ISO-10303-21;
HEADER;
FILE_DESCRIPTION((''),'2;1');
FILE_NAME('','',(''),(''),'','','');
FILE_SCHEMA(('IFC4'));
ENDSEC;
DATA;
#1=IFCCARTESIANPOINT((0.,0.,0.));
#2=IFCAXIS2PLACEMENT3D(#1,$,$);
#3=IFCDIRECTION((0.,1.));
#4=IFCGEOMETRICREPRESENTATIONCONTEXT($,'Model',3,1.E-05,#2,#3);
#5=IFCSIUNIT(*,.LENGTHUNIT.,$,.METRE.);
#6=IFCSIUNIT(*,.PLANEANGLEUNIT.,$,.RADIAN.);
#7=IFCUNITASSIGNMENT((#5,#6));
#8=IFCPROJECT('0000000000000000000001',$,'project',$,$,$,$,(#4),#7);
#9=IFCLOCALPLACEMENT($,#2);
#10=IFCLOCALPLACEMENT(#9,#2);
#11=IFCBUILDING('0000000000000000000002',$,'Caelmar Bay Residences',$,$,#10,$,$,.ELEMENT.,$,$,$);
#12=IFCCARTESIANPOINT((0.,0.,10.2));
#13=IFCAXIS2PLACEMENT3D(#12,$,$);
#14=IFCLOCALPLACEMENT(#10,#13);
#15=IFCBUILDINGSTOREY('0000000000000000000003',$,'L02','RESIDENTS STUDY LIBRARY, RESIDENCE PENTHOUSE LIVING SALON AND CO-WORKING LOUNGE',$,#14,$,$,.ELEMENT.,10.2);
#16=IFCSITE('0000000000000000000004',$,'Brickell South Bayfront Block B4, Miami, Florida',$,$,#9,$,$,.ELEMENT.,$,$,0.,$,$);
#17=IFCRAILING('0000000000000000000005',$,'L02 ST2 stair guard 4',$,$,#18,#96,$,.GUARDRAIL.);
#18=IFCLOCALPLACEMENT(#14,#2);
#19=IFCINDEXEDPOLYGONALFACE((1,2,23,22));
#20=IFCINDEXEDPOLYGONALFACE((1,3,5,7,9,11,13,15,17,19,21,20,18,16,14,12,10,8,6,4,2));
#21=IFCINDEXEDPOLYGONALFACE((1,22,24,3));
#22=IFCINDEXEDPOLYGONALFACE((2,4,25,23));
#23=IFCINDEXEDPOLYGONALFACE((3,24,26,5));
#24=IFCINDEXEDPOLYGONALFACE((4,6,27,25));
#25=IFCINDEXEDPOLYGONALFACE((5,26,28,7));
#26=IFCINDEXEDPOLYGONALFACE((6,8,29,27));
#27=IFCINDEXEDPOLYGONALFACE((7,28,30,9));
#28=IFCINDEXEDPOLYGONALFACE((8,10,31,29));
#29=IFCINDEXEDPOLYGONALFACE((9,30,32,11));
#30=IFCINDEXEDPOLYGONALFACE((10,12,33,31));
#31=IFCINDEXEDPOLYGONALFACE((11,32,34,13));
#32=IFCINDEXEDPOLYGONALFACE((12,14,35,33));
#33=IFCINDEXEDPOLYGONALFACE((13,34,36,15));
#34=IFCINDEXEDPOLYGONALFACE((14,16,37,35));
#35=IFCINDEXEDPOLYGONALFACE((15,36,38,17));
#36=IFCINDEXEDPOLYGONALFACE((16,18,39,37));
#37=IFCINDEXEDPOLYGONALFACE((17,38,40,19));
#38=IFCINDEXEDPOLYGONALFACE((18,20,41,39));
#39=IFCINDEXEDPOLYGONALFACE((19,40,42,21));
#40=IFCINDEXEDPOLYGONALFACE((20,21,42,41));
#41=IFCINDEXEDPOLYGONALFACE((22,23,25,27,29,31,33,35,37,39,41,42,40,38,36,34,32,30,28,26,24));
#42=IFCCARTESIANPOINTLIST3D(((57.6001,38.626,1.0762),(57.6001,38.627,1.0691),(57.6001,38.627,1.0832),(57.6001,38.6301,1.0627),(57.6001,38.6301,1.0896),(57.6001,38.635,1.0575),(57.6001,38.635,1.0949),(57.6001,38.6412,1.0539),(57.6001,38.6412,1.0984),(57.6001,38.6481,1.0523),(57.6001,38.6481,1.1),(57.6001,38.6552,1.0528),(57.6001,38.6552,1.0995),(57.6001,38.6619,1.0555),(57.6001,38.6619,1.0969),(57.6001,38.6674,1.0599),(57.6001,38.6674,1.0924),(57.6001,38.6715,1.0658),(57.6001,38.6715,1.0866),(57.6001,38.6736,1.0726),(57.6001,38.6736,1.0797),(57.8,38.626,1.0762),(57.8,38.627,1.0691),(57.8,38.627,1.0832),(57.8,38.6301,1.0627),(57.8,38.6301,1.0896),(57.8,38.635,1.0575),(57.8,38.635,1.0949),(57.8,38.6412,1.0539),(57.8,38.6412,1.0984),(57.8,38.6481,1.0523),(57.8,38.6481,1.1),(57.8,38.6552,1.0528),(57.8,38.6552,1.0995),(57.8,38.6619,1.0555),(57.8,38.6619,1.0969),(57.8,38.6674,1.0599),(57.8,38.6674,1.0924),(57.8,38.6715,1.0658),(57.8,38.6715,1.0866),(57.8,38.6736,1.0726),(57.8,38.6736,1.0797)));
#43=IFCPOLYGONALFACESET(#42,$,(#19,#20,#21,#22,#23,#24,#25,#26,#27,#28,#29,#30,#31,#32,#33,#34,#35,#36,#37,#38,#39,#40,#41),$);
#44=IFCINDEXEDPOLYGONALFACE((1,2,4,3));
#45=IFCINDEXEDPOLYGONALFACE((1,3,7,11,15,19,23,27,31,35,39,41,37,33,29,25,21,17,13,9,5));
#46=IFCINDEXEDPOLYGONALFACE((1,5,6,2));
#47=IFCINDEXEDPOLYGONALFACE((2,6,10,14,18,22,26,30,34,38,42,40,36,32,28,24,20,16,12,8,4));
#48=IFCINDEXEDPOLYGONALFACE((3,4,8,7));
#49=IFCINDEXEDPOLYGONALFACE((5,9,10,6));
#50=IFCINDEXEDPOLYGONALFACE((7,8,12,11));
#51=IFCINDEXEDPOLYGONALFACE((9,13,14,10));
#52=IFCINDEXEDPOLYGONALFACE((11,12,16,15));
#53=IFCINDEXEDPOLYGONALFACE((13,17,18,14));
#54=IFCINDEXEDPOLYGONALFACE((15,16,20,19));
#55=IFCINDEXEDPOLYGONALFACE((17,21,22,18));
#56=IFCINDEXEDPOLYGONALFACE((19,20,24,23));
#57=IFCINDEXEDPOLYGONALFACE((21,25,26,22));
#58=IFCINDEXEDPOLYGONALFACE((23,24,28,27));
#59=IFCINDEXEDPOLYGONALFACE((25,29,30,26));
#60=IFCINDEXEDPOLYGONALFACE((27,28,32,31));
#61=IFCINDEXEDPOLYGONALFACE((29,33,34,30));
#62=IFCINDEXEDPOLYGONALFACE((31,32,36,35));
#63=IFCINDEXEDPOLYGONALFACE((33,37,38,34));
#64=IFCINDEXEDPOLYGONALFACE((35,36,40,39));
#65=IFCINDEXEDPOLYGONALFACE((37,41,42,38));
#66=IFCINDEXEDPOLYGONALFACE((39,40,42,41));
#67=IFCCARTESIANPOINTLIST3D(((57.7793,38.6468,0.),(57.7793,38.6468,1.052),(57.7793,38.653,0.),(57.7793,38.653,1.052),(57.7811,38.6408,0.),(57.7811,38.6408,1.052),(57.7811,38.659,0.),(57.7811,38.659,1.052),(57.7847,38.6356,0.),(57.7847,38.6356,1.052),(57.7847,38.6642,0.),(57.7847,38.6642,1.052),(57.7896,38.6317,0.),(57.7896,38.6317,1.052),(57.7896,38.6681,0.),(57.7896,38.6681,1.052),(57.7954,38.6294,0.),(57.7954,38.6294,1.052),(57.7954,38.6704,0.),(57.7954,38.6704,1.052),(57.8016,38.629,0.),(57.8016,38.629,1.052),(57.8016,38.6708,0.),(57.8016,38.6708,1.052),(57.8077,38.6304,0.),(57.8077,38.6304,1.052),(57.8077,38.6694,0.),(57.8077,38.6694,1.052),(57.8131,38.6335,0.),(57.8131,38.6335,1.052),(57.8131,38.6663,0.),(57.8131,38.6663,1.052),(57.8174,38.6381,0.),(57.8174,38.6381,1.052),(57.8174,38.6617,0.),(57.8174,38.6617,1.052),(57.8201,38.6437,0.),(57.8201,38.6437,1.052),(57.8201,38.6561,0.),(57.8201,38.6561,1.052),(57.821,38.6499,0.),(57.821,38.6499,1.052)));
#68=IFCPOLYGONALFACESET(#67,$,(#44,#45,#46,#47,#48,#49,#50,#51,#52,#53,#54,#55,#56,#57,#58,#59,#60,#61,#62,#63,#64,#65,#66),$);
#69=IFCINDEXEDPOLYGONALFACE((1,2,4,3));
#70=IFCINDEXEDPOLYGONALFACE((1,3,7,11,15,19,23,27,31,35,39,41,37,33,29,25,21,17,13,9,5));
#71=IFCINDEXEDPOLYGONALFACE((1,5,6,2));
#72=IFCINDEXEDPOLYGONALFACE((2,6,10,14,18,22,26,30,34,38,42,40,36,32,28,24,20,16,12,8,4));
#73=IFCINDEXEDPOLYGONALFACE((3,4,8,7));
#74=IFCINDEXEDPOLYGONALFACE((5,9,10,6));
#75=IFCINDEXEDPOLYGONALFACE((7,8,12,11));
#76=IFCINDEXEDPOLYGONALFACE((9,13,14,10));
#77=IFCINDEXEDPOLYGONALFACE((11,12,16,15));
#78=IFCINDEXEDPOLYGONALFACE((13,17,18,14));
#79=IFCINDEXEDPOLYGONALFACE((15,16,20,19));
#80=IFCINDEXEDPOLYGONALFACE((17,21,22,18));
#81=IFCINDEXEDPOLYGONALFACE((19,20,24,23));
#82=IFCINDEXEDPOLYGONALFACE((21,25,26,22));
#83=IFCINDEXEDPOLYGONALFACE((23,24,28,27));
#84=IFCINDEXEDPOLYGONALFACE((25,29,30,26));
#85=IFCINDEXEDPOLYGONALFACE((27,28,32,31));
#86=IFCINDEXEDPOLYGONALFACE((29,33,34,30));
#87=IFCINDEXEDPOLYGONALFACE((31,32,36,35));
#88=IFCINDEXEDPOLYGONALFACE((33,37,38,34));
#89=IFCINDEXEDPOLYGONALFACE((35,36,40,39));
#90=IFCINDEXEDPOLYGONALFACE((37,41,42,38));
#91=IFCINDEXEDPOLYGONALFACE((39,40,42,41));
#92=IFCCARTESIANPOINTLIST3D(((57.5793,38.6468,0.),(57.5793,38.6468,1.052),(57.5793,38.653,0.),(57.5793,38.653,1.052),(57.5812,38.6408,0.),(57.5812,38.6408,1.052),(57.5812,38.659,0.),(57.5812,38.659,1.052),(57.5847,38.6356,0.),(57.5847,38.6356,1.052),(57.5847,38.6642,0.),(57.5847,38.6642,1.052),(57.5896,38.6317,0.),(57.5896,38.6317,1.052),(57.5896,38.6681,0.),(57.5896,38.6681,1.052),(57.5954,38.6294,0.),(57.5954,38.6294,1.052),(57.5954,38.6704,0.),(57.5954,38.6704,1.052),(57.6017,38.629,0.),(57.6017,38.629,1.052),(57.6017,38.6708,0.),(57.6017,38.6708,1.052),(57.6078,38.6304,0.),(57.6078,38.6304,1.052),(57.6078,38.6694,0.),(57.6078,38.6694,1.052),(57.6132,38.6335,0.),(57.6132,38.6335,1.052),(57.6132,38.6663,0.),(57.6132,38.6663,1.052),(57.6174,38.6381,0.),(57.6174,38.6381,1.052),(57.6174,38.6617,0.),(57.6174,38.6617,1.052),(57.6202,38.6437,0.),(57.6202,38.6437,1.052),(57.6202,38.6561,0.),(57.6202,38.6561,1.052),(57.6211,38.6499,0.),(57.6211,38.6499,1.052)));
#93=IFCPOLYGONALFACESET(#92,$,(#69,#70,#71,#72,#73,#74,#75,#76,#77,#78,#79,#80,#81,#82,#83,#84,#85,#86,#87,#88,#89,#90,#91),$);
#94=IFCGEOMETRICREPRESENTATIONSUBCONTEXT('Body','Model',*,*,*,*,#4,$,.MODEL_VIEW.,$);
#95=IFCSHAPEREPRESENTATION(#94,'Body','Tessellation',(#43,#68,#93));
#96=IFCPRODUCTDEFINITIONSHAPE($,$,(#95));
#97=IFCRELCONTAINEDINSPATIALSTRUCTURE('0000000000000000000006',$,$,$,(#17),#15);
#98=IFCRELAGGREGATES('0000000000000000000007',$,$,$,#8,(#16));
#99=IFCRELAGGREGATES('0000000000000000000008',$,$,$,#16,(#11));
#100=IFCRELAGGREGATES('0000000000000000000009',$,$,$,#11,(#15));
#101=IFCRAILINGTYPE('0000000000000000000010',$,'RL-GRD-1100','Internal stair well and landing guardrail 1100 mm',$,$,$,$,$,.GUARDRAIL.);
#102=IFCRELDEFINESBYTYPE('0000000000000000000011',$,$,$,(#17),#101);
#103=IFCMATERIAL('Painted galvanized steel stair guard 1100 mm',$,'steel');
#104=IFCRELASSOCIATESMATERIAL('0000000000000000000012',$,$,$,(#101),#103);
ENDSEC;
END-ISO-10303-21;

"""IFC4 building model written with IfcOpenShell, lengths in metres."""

from ifc_helpers import new_model, si_unit, direction, frame, origin, origin_2d, place, context, subcontext, project, spatial, circle, extrude, material, type_object, element, save


model = new_model("IFC4")

# Units and contexts
model_context = context("Model", 3, precision=1e-05, world=origin(), true_north=direction((0.0, 1.0)))
body_context = subcontext(model_context, "Body", "Model", "MODEL_VIEW")
ifc_project = project(units=[si_unit("LENGTHUNIT", "METRE"), si_unit("PLANEANGLEUNIT", "RADIAN")], contexts=[model_context])

# Site, building, storey
site_placement = place(None, origin())
site = spatial("IfcSite", under=ifc_project, at=site_placement, Name="Brickell South Bayfront Block B4, Miami, Florida", CompositionType="ELEMENT", RefElevation=0.0)
building_placement = place(site_placement, origin())
building = spatial("IfcBuilding", under=site, at=building_placement, Name="Caelmar Bay Residences", CompositionType="ELEMENT")
storey_placement = place(building_placement, frame((0.0, 0.0, 10.2)))
storey = spatial("IfcBuildingStorey", under=building, at=storey_placement, Name="L02", Description="RESIDENTS STUDY LIBRARY, RESIDENCE PENTHOUSE LIVING SALON AND CO-WORKING LOUNGE", CompositionType="ELEMENT", Elevation=10.2)

# Railing
ifc_material_1 = material(Name="Painted galvanized steel stair guard 1100 mm", Category="steel")
railing_type = type_object("IfcRailingType", Name="RL-GRD-1100", Description="Internal stair well and landing guardrail 1100 mm", PredefinedType="GUARDRAIL", material=ifc_material_1)
railing_placement = place(storey_placement, frame((57.8, 38.6499, 0.0)))
element("IfcRailing", 1, at=railing_placement, inside=storey, type_object=railing_type, Name="L02 ST2 stair guard 4", PredefinedType="GUARDRAIL", context=body_context, shape_type="SweptSolid", body=[
    extrude(circle(Radius=0.0239, at=origin_2d()), frame((0.0, 0.0, 1.0762), z_axis=(-1.0, 0.0, 0.0), x_axis=(0.0, -1.0, 0.0)), (0.0, 0.0, 1.0), 0.2),
    extrude(circle(Radius=0.021, at=origin_2d()), origin(), (0.0, 0.0, 1.0), 1.052),
    extrude(circle(Radius=0.021, at=origin_2d()), frame((-0.2, 0.0, 0.0)), (0.0, 0.0, 1.0), 1.052),
])

save(model, "model.ifc")
